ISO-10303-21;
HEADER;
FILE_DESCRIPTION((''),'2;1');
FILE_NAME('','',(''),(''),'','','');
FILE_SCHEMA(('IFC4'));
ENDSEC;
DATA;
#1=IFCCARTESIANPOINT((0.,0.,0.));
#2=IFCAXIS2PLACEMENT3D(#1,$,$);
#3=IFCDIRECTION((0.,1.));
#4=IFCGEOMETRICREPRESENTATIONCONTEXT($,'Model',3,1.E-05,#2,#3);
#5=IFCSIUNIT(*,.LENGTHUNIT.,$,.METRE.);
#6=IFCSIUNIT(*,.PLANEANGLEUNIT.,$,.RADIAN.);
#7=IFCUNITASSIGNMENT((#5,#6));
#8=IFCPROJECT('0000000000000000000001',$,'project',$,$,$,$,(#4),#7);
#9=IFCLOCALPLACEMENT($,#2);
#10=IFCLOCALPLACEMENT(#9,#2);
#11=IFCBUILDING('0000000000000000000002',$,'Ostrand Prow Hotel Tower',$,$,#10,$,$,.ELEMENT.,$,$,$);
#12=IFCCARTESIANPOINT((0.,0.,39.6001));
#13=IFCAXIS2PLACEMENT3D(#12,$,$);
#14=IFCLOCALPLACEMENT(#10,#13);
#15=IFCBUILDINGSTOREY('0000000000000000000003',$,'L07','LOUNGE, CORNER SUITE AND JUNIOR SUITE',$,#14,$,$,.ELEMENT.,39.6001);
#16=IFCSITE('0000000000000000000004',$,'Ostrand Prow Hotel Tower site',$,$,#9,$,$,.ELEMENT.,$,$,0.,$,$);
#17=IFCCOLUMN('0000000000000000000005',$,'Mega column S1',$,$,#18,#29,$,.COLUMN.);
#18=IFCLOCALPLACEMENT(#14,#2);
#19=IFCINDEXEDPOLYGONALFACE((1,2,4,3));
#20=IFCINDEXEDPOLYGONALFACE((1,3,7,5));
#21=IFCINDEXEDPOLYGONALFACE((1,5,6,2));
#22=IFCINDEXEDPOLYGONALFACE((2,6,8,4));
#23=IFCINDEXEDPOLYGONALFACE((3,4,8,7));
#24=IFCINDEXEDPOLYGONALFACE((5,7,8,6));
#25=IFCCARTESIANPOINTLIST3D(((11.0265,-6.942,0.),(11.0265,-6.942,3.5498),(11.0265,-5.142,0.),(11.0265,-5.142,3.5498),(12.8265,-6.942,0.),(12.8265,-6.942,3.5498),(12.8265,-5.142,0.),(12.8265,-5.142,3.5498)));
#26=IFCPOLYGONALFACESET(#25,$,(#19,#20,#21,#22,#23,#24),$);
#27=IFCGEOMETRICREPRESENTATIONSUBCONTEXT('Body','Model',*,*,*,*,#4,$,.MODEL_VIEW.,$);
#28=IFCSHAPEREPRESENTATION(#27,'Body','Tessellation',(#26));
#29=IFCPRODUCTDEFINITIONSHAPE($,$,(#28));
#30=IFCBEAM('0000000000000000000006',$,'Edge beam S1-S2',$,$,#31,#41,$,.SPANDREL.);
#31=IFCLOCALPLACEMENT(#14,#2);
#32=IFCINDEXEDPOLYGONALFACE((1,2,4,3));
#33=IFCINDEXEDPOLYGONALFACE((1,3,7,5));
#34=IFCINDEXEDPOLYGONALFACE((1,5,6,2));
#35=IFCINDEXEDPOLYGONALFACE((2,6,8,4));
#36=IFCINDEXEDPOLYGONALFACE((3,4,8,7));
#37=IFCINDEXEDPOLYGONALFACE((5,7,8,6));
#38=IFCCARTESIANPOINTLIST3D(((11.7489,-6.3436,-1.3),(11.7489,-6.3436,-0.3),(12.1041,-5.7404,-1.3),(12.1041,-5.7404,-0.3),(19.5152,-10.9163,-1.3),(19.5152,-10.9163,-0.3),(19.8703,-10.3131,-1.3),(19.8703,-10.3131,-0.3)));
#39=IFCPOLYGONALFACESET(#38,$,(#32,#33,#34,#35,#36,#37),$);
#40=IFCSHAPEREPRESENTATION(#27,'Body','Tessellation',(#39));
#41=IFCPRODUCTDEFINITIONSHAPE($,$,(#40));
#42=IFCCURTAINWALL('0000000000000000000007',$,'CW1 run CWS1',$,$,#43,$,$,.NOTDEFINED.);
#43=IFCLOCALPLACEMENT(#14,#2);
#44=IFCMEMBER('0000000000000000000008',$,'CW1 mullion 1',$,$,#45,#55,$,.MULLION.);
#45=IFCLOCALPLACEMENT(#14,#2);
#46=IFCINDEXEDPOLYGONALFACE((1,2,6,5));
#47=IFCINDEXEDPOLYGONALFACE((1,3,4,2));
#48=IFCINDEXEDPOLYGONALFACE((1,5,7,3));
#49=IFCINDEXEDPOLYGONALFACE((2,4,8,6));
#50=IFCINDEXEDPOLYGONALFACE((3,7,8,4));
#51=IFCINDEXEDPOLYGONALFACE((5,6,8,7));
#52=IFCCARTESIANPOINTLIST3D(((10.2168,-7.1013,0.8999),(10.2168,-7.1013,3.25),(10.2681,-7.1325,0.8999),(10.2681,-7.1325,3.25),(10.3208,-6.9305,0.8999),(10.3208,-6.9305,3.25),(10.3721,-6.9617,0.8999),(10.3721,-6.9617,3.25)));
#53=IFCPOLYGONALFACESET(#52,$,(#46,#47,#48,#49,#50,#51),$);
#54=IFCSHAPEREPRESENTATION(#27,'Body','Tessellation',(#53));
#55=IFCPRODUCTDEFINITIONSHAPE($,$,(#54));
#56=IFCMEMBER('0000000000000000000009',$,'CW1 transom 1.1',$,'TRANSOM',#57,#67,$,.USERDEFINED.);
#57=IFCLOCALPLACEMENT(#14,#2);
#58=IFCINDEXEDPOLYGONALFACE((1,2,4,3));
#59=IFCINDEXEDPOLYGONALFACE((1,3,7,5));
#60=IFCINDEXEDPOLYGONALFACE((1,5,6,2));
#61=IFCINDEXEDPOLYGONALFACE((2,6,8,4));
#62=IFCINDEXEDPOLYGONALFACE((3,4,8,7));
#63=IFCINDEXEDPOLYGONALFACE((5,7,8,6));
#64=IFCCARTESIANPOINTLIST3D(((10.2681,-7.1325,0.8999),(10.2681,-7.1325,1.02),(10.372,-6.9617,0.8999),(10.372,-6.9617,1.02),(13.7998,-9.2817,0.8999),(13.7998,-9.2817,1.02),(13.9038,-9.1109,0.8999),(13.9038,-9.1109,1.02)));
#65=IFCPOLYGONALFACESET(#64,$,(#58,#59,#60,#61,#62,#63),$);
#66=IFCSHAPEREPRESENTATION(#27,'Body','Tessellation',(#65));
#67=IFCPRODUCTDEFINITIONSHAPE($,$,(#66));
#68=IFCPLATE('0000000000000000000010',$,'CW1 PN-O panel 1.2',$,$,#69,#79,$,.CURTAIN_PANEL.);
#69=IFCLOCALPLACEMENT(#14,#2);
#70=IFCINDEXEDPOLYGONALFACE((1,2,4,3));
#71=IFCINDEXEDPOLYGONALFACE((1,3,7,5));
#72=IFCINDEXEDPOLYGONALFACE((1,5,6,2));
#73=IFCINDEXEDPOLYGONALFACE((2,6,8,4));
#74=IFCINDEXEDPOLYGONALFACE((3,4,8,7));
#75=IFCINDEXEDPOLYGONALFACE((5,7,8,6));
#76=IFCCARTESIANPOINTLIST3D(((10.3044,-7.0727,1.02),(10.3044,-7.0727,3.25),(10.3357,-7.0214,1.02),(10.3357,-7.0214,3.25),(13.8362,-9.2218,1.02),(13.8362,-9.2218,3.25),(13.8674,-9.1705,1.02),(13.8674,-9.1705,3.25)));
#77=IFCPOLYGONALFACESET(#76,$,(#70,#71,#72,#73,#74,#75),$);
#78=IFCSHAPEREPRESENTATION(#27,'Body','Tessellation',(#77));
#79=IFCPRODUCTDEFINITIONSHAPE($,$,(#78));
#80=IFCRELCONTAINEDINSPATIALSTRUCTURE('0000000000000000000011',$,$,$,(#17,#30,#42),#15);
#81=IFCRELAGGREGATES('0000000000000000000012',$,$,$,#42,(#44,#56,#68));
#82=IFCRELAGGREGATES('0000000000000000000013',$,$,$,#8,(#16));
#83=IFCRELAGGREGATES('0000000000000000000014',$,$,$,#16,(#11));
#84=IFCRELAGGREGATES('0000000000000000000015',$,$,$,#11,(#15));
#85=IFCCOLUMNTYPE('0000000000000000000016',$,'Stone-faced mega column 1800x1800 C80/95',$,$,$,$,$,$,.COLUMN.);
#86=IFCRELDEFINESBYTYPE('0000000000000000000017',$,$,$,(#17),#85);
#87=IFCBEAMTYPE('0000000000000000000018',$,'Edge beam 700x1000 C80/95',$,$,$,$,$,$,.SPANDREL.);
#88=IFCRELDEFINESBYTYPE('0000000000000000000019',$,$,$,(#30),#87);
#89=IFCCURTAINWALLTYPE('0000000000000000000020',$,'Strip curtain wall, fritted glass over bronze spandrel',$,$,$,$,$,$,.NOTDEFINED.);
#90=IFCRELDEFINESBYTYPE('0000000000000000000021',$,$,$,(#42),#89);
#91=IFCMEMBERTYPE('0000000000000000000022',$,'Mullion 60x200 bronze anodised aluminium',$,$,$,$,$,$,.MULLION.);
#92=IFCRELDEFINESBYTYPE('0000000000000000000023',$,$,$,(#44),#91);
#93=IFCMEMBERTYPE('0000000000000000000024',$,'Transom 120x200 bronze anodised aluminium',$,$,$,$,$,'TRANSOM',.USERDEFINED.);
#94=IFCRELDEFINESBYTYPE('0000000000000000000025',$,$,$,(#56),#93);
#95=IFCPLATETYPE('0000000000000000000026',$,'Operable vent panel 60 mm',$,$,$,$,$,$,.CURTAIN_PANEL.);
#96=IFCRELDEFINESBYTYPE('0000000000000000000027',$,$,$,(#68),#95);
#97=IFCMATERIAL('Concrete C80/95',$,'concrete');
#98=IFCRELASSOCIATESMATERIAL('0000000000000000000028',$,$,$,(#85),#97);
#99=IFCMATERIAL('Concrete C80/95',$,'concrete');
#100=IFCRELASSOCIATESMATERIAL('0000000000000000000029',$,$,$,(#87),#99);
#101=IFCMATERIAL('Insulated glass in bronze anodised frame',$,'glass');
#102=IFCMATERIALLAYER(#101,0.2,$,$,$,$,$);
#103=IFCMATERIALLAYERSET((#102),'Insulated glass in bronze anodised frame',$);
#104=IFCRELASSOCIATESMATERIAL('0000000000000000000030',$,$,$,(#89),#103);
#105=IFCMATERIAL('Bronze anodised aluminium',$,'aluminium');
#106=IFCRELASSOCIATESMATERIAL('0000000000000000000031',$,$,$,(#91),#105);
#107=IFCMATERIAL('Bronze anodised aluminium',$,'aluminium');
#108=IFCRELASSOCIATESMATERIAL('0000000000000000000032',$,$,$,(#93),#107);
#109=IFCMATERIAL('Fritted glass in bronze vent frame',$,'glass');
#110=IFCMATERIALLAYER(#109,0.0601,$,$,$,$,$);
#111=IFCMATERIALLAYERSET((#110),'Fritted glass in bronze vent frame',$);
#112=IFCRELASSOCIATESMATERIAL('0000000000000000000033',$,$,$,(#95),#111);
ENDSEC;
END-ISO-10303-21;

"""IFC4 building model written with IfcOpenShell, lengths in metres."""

from ifc_helpers import new_model, si_unit, direction, frame, origin, origin_2d, place, context, subcontext, project, spatial, rectangle, extrude, material, layer, layer_set, material_profile, profile_set, type_object, element, aggregate, save


model = new_model("IFC4")

# Units and contexts
model_context = context("Model", 3, precision=1e-05, world=origin(), true_north=direction((0.0, 1.0)))
body_context = subcontext(model_context, "Body", "Model", "MODEL_VIEW")
ifc_project = project(units=[si_unit("LENGTHUNIT", "METRE"), si_unit("PLANEANGLEUNIT", "RADIAN")], contexts=[model_context])

# Site, building, storey
site_placement = place(None, origin())
site = spatial("IfcSite", under=ifc_project, at=site_placement, Name="Ostrand Prow Hotel Tower site", CompositionType="ELEMENT", RefElevation=0.0)
building_placement = place(site_placement, origin())
building = spatial("IfcBuilding", under=site, at=building_placement, Name="Ostrand Prow Hotel Tower", CompositionType="ELEMENT")
storey_placement = place(building_placement, frame((0.0, 0.0, 39.6001)))
storey = spatial("IfcBuildingStorey", under=building, at=storey_placement, Name="L07", Description="LOUNGE, CORNER SUITE AND JUNIOR SUITE", CompositionType="ELEMENT", Elevation=39.6001)

# Column
ifc_material_1 = material(Name="Concrete C80/95", Category="concrete")
ifc_material_profile_1 = material_profile(ifc_material_1, rectangle(XDim=1.8, YDim=1.8, at=origin_2d()), Name="RC 1800x1800")
ifc_profile_set_1 = profile_set([ifc_material_profile_1], Name="Concrete C80/95")
column_type = type_object("IfcColumnType", Name="Stone-faced mega column 1800x1800 C80/95", PredefinedType="COLUMN", material=ifc_profile_set_1)
column_placement = place(storey_placement, frame((11.9265, -6.042, 0.0), z_axis=(0.0, 0.0, 1.0), x_axis=(1.0, 0.0, 0.0)))
element("IfcColumn", 1, at=column_placement, inside=storey, type_object=column_type, Name="Mega column S1", PredefinedType="COLUMN", context=body_context, shape_type="SweptSolid", body=[
    extrude(rectangle(XDim=1.8, YDim=1.8, at=origin_2d()), origin(), (0.0, 0.0, 1.0), 3.5498),
])

# Beam
ifc_material_2 = material(Name="Concrete C80/95", Category="concrete")
ifc_material_profile_2 = material_profile(ifc_material_2, rectangle(XDim=0.7, YDim=1.0, at=origin_2d()), Name="RC 700x1000")
ifc_profile_set_2 = profile_set([ifc_material_profile_2], Name="Concrete C80/95")
beam_type = type_object("IfcBeamType", Name="Edge beam 700x1000 C80/95", PredefinedType="SPANDREL", material=ifc_profile_set_2)
beam_placement = place(storey_placement, frame((11.9265, -6.042, -0.8), z_axis=(0.861725, -0.507375, 0.0), x_axis=(0.507375, 0.861725, 0.0)))
element("IfcBeam", 2, at=beam_placement, inside=storey, type_object=beam_type, Name="Edge beam S1-S2", PredefinedType="SPANDREL", context=body_context, shape_type="SweptSolid", body=[
    extrude(rectangle(XDim=0.7, YDim=1.0, at=origin_2d()), origin(), (0.0, 0.0, 1.0), 9.0125),
])

# Curtain wall, members, plate
ifc_material_3 = material(Name="Insulated glass in bronze anodised frame", Category="glass")
ifc_layer_1 = layer(ifc_material_3, 0.2)
ifc_layer_set_1 = layer_set([ifc_layer_1], Name="Insulated glass in bronze anodised frame")
curtain_wall_type = type_object("IfcCurtainWallType", Name="Strip curtain wall, fritted glass over bronze spandrel", PredefinedType="NOTDEFINED", material=ifc_layer_set_1)
curtain_wall_placement = place(storey_placement, origin())
curtain_wall = element("IfcCurtainWall", 3, at=curtain_wall_placement, inside=storey, type_object=curtain_wall_type, Name="CW1 run CWS1", PredefinedType="NOTDEFINED")
ifc_material_4 = material(Name="Bronze anodised aluminium", Category="aluminium")
ifc_material_profile_3 = material_profile(ifc_material_4, rectangle(XDim=0.2, YDim=0.0601, at=origin_2d()), Name="Mullion 60x200 bronze anodised aluminium")
ifc_profile_set_3 = profile_set([ifc_material_profile_3], Name="Bronze anodised aluminium")
member_type_1 = type_object("IfcMemberType", Name="Mullion 60x200 bronze anodised aluminium", PredefinedType="MULLION", material=ifc_profile_set_3)
member_1_placement = place(storey_placement, frame((10.2944, -7.0315, 0.8999), z_axis=(0.0, 0.0, 1.0), x_axis=(0.519831, 0.854269, 0.0)))
member_1 = element("IfcMember", 4, at=member_1_placement, type_object=member_type_1, Name="CW1 mullion 1", PredefinedType="MULLION", context=body_context, shape_type="SweptSolid", body=[
    extrude(rectangle(XDim=0.2, YDim=0.0601, at=origin_2d()), origin(), (0.0, 0.0, 1.0), 2.3501),
])
ifc_material_5 = material(Name="Bronze anodised aluminium", Category="aluminium")
ifc_material_profile_4 = material_profile(ifc_material_5, rectangle(XDim=0.2, YDim=0.1201, at=origin_2d()), Name="Transom 120x200 bronze anodised aluminium")
ifc_profile_set_4 = profile_set([ifc_material_profile_4], Name="Bronze anodised aluminium")
member_type_2 = type_object("IfcMemberType", Name="Transom 120x200 bronze anodised aluminium", ElementType="TRANSOM", PredefinedType="USERDEFINED", material=ifc_profile_set_4)
member_2_placement = place(storey_placement, frame((10.3201, -7.0471, 0.96), z_axis=(0.854261, -0.519844, 0.0), x_axis=(0.519844, 0.854261, 0.0)))
member_2 = element("IfcMember", 5, at=member_2_placement, type_object=member_type_2, Name="CW1 transom 1.1", ObjectType="TRANSOM", PredefinedType="USERDEFINED", context=body_context, shape_type="SweptSolid", body=[
    extrude(rectangle(XDim=0.2, YDim=0.1201, at=origin_2d()), origin(), (0.0, 0.0, 1.0), 4.1343),
])
ifc_material_6 = material(Name="Fritted glass in bronze vent frame", Category="glass")
ifc_layer_2 = layer(ifc_material_6, 0.0601)
ifc_layer_set_2 = layer_set([ifc_layer_2], Name="Fritted glass in bronze vent frame")
plate_type = type_object("IfcPlateType", Name="Operable vent panel 60 mm", PredefinedType="CURTAIN_PANEL", material=ifc_layer_set_2)
plate_placement = place(storey_placement, frame((12.0859, -8.1216, 1.02), z_axis=(0.0, 0.0, 1.0), x_axis=(0.854269, -0.519831, 0.0)))
plate = element("IfcPlate", 6, at=plate_placement, type_object=plate_type, Name="CW1 PN-O panel 1.2", PredefinedType="CURTAIN_PANEL", context=body_context, shape_type="SweptSolid", body=[
    extrude(rectangle(XDim=4.1343, YDim=0.0601, at=origin_2d()), origin(), (0.0, 0.0, 1.0), 2.23),
])
aggregate(curtain_wall, [member_1, member_2, plate])

save(model, "model.ifc")
